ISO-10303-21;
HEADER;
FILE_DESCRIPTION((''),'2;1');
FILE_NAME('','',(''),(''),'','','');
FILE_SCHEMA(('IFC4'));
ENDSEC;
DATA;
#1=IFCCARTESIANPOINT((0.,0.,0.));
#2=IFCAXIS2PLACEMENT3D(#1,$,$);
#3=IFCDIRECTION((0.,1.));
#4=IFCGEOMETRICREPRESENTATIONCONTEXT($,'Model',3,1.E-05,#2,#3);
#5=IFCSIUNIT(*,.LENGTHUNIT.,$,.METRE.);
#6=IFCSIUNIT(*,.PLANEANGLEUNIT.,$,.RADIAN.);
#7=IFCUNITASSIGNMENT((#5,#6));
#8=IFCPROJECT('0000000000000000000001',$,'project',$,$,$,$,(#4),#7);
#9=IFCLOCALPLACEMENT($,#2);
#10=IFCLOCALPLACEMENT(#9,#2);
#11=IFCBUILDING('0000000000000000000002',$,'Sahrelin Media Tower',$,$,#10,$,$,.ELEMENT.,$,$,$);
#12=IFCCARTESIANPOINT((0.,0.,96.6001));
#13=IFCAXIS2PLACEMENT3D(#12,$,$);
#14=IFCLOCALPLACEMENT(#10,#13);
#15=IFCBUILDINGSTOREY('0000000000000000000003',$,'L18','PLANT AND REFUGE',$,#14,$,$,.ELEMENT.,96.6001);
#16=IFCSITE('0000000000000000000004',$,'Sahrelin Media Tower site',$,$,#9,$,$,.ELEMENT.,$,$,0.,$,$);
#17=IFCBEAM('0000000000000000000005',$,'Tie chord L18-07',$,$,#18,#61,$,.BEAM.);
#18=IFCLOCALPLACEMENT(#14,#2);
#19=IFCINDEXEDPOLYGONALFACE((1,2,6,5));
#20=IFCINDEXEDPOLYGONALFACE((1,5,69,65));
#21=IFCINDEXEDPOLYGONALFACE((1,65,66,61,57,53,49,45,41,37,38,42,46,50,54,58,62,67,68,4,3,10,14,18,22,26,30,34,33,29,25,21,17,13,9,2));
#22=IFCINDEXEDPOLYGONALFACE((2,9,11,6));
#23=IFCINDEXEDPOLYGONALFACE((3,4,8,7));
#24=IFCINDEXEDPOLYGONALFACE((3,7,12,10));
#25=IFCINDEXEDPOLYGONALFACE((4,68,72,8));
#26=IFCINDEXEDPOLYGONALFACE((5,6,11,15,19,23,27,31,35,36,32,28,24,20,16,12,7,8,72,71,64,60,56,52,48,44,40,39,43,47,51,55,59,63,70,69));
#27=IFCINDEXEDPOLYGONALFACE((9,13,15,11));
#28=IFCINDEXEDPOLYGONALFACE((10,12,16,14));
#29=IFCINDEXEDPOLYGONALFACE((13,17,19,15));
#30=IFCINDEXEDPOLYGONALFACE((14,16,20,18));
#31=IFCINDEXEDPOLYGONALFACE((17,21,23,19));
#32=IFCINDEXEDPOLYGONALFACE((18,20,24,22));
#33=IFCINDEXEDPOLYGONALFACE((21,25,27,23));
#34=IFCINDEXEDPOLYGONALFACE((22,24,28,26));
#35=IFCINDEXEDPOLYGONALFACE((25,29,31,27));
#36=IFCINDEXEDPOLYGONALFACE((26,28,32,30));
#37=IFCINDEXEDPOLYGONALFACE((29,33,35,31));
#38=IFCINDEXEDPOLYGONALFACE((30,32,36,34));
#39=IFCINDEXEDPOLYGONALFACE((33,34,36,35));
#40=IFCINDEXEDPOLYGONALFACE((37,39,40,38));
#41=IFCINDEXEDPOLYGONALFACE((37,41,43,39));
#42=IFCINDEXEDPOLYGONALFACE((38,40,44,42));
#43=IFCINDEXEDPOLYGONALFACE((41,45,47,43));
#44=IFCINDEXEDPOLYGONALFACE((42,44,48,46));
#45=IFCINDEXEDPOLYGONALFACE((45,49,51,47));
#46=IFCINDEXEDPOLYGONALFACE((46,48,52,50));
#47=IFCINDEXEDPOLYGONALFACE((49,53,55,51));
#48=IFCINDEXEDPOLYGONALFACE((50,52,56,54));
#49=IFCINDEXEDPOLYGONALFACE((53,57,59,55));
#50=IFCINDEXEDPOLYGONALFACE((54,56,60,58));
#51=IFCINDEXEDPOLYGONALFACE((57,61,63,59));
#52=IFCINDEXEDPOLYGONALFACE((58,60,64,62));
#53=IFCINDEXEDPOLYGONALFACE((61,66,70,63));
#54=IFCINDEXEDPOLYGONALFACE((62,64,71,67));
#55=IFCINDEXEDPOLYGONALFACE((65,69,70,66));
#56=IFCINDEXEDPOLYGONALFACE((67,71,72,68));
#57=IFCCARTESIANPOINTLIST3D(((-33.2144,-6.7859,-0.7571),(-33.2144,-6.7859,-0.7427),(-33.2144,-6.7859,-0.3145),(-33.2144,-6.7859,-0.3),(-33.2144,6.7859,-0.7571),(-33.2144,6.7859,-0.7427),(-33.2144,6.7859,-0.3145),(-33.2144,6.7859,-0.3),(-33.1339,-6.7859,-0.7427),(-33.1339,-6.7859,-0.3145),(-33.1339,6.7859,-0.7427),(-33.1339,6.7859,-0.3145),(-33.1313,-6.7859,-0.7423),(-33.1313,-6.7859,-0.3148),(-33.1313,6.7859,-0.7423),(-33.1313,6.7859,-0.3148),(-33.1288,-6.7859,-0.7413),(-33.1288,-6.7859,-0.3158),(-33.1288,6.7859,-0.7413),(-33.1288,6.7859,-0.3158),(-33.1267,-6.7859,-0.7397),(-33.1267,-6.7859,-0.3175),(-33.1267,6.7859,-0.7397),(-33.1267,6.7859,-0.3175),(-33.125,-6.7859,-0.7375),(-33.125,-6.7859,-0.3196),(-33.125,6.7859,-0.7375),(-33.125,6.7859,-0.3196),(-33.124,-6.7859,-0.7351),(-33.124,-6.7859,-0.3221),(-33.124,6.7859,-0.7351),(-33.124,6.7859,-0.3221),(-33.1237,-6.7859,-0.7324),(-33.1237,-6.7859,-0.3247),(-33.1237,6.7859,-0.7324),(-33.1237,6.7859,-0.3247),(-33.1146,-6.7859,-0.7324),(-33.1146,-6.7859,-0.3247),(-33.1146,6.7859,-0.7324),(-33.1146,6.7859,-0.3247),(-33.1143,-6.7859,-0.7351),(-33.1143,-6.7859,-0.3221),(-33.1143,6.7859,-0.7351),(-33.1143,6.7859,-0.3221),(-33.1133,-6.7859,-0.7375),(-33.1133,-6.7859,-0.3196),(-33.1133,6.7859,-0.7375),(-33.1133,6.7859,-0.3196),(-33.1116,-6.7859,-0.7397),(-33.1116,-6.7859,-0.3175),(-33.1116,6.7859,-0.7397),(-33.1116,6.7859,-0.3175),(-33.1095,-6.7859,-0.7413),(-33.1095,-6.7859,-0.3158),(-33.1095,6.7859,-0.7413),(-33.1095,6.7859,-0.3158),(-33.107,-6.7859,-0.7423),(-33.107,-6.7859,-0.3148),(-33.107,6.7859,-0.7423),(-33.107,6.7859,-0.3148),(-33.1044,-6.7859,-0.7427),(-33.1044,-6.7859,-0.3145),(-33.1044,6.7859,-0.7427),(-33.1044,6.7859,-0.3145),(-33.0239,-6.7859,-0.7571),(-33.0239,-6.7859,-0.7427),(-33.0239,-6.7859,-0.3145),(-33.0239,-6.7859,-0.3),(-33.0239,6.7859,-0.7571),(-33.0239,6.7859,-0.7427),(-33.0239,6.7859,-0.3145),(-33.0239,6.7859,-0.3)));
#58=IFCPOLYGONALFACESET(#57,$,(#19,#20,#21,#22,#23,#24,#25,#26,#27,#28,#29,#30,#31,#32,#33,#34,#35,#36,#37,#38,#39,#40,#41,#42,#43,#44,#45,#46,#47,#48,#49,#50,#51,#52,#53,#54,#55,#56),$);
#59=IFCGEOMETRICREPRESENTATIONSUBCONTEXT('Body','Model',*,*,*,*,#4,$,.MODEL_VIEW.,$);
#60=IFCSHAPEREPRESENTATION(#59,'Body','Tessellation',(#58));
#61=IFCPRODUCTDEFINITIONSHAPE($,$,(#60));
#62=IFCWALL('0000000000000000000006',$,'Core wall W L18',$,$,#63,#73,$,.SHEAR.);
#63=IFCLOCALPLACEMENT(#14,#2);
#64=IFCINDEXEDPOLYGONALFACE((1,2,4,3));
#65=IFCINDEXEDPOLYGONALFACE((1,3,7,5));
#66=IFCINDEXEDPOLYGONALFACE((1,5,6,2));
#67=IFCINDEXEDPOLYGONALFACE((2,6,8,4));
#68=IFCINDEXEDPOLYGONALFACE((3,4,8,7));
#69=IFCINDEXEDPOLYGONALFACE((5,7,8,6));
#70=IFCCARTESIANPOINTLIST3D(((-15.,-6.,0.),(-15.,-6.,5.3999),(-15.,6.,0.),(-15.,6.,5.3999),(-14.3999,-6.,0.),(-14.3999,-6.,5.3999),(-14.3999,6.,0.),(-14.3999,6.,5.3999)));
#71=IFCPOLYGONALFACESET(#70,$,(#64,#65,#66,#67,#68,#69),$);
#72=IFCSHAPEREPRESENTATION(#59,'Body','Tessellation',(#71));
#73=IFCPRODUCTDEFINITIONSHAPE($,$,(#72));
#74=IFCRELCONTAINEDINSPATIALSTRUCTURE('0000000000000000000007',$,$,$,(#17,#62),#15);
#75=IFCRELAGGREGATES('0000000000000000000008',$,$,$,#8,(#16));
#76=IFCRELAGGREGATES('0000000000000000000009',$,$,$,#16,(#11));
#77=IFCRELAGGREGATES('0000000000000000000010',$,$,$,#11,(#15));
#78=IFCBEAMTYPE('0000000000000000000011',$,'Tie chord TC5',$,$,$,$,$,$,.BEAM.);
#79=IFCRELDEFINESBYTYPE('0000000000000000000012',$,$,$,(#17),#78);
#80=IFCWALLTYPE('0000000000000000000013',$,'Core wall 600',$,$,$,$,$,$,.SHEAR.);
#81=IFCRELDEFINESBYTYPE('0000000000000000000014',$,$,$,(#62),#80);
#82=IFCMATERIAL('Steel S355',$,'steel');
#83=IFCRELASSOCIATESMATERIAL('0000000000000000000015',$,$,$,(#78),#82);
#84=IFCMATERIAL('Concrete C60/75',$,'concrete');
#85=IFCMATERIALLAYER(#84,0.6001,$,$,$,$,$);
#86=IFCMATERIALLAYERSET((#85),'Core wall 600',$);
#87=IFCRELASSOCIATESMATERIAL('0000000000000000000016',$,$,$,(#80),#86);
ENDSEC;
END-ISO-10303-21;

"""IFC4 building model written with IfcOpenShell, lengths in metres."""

from ifc_helpers import new_model, si_unit, direction, frame, frame_2d, origin, origin_2d, place, context, subcontext, project, spatial, rectangle, i_section, extrude, material, layer, layer_set, material_profile, profile_set, type_object, element, save


model = new_model("IFC4")

# Units and contexts
model_context = context("Model", 3, precision=1e-05, world=origin(), true_north=direction((0.0, 1.0)))
body_context = subcontext(model_context, "Body", "Model", "MODEL_VIEW")
ifc_project = project(units=[si_unit("LENGTHUNIT", "METRE"), si_unit("PLANEANGLEUNIT", "RADIAN")], contexts=[model_context])

# Site, building, storey
site_placement = place(None, origin())
site = spatial("IfcSite", under=ifc_project, at=site_placement, Name="Sahrelin Media Tower site", CompositionType="ELEMENT", RefElevation=0.0)
building_placement = place(site_placement, origin())
building = spatial("IfcBuilding", under=site, at=building_placement, Name="Sahrelin Media Tower", CompositionType="ELEMENT")
storey_placement = place(building_placement, frame((0.0, 0.0, 96.6001)))
storey = spatial("IfcBuildingStorey", under=building, at=storey_placement, Name="L18", Description="PLANT AND REFUGE", CompositionType="ELEMENT", Elevation=96.6001)

# Beam
ifc_material_1 = material(Name="Steel S355", Category="steel")
ifc_material_profile_1 = material_profile(ifc_material_1, i_section(OverallWidth=0.1904, OverallDepth=0.457, WebThickness=0.009, FlangeThickness=0.0144, FilletRadius=0.0103, at=origin_2d()), Name="UB 457x191x74")
ifc_profile_set_1 = profile_set([ifc_material_profile_1], Name="Steel S355")
beam_type_1 = type_object("IfcBeamType", Name="Tie chord TC5", PredefinedType="BEAM", material=ifc_profile_set_1)
beam_1_placement = place(storey_placement, frame((-33.1191, -6.7859, -0.5286), z_axis=(0.0, 1.0, 0.0), x_axis=(-1.0, 0.0, 0.0)))
element("IfcBeam", 1, at=beam_1_placement, inside=storey, type_object=beam_type_1, Name="Tie chord L18-07", PredefinedType="BEAM", context=body_context, shape_type="SweptSolid", body=[
    extrude(i_section(OverallWidth=0.1904, OverallDepth=0.457, WebThickness=0.009, FlangeThickness=0.0144, FilletRadius=0.0103, at=origin_2d()), origin(), (0.0, 0.0, 1.0), 13.5718),
])

# Wall
ifc_material_2 = material(Name="Concrete C60/75", Category="concrete")
ifc_layer = layer(ifc_material_2, 0.6001)
ifc_layer_set = layer_set([ifc_layer], Name="Core wall 600")
wall_type = type_object("IfcWallType", Name="Core wall 600", PredefinedType="SHEAR", material=ifc_layer_set)
wall_placement = place(storey_placement, frame((-14.7, -6.0, 0.0), z_axis=(0.0, 0.0, 1.0), x_axis=(0.0, 1.0, 0.0)))
element("IfcWall", 2, at=wall_placement, inside=storey, type_object=wall_type, Name="Core wall W L18", PredefinedType="SHEAR", context=body_context, shape_type="SweptSolid", body=[
    extrude(rectangle(XDim=12.0, YDim=0.6001, at=frame_2d((6.0, 0.0))), origin(), (0.0, 0.0, 1.0), 5.3999),
])

save(model, "model.ifc")
